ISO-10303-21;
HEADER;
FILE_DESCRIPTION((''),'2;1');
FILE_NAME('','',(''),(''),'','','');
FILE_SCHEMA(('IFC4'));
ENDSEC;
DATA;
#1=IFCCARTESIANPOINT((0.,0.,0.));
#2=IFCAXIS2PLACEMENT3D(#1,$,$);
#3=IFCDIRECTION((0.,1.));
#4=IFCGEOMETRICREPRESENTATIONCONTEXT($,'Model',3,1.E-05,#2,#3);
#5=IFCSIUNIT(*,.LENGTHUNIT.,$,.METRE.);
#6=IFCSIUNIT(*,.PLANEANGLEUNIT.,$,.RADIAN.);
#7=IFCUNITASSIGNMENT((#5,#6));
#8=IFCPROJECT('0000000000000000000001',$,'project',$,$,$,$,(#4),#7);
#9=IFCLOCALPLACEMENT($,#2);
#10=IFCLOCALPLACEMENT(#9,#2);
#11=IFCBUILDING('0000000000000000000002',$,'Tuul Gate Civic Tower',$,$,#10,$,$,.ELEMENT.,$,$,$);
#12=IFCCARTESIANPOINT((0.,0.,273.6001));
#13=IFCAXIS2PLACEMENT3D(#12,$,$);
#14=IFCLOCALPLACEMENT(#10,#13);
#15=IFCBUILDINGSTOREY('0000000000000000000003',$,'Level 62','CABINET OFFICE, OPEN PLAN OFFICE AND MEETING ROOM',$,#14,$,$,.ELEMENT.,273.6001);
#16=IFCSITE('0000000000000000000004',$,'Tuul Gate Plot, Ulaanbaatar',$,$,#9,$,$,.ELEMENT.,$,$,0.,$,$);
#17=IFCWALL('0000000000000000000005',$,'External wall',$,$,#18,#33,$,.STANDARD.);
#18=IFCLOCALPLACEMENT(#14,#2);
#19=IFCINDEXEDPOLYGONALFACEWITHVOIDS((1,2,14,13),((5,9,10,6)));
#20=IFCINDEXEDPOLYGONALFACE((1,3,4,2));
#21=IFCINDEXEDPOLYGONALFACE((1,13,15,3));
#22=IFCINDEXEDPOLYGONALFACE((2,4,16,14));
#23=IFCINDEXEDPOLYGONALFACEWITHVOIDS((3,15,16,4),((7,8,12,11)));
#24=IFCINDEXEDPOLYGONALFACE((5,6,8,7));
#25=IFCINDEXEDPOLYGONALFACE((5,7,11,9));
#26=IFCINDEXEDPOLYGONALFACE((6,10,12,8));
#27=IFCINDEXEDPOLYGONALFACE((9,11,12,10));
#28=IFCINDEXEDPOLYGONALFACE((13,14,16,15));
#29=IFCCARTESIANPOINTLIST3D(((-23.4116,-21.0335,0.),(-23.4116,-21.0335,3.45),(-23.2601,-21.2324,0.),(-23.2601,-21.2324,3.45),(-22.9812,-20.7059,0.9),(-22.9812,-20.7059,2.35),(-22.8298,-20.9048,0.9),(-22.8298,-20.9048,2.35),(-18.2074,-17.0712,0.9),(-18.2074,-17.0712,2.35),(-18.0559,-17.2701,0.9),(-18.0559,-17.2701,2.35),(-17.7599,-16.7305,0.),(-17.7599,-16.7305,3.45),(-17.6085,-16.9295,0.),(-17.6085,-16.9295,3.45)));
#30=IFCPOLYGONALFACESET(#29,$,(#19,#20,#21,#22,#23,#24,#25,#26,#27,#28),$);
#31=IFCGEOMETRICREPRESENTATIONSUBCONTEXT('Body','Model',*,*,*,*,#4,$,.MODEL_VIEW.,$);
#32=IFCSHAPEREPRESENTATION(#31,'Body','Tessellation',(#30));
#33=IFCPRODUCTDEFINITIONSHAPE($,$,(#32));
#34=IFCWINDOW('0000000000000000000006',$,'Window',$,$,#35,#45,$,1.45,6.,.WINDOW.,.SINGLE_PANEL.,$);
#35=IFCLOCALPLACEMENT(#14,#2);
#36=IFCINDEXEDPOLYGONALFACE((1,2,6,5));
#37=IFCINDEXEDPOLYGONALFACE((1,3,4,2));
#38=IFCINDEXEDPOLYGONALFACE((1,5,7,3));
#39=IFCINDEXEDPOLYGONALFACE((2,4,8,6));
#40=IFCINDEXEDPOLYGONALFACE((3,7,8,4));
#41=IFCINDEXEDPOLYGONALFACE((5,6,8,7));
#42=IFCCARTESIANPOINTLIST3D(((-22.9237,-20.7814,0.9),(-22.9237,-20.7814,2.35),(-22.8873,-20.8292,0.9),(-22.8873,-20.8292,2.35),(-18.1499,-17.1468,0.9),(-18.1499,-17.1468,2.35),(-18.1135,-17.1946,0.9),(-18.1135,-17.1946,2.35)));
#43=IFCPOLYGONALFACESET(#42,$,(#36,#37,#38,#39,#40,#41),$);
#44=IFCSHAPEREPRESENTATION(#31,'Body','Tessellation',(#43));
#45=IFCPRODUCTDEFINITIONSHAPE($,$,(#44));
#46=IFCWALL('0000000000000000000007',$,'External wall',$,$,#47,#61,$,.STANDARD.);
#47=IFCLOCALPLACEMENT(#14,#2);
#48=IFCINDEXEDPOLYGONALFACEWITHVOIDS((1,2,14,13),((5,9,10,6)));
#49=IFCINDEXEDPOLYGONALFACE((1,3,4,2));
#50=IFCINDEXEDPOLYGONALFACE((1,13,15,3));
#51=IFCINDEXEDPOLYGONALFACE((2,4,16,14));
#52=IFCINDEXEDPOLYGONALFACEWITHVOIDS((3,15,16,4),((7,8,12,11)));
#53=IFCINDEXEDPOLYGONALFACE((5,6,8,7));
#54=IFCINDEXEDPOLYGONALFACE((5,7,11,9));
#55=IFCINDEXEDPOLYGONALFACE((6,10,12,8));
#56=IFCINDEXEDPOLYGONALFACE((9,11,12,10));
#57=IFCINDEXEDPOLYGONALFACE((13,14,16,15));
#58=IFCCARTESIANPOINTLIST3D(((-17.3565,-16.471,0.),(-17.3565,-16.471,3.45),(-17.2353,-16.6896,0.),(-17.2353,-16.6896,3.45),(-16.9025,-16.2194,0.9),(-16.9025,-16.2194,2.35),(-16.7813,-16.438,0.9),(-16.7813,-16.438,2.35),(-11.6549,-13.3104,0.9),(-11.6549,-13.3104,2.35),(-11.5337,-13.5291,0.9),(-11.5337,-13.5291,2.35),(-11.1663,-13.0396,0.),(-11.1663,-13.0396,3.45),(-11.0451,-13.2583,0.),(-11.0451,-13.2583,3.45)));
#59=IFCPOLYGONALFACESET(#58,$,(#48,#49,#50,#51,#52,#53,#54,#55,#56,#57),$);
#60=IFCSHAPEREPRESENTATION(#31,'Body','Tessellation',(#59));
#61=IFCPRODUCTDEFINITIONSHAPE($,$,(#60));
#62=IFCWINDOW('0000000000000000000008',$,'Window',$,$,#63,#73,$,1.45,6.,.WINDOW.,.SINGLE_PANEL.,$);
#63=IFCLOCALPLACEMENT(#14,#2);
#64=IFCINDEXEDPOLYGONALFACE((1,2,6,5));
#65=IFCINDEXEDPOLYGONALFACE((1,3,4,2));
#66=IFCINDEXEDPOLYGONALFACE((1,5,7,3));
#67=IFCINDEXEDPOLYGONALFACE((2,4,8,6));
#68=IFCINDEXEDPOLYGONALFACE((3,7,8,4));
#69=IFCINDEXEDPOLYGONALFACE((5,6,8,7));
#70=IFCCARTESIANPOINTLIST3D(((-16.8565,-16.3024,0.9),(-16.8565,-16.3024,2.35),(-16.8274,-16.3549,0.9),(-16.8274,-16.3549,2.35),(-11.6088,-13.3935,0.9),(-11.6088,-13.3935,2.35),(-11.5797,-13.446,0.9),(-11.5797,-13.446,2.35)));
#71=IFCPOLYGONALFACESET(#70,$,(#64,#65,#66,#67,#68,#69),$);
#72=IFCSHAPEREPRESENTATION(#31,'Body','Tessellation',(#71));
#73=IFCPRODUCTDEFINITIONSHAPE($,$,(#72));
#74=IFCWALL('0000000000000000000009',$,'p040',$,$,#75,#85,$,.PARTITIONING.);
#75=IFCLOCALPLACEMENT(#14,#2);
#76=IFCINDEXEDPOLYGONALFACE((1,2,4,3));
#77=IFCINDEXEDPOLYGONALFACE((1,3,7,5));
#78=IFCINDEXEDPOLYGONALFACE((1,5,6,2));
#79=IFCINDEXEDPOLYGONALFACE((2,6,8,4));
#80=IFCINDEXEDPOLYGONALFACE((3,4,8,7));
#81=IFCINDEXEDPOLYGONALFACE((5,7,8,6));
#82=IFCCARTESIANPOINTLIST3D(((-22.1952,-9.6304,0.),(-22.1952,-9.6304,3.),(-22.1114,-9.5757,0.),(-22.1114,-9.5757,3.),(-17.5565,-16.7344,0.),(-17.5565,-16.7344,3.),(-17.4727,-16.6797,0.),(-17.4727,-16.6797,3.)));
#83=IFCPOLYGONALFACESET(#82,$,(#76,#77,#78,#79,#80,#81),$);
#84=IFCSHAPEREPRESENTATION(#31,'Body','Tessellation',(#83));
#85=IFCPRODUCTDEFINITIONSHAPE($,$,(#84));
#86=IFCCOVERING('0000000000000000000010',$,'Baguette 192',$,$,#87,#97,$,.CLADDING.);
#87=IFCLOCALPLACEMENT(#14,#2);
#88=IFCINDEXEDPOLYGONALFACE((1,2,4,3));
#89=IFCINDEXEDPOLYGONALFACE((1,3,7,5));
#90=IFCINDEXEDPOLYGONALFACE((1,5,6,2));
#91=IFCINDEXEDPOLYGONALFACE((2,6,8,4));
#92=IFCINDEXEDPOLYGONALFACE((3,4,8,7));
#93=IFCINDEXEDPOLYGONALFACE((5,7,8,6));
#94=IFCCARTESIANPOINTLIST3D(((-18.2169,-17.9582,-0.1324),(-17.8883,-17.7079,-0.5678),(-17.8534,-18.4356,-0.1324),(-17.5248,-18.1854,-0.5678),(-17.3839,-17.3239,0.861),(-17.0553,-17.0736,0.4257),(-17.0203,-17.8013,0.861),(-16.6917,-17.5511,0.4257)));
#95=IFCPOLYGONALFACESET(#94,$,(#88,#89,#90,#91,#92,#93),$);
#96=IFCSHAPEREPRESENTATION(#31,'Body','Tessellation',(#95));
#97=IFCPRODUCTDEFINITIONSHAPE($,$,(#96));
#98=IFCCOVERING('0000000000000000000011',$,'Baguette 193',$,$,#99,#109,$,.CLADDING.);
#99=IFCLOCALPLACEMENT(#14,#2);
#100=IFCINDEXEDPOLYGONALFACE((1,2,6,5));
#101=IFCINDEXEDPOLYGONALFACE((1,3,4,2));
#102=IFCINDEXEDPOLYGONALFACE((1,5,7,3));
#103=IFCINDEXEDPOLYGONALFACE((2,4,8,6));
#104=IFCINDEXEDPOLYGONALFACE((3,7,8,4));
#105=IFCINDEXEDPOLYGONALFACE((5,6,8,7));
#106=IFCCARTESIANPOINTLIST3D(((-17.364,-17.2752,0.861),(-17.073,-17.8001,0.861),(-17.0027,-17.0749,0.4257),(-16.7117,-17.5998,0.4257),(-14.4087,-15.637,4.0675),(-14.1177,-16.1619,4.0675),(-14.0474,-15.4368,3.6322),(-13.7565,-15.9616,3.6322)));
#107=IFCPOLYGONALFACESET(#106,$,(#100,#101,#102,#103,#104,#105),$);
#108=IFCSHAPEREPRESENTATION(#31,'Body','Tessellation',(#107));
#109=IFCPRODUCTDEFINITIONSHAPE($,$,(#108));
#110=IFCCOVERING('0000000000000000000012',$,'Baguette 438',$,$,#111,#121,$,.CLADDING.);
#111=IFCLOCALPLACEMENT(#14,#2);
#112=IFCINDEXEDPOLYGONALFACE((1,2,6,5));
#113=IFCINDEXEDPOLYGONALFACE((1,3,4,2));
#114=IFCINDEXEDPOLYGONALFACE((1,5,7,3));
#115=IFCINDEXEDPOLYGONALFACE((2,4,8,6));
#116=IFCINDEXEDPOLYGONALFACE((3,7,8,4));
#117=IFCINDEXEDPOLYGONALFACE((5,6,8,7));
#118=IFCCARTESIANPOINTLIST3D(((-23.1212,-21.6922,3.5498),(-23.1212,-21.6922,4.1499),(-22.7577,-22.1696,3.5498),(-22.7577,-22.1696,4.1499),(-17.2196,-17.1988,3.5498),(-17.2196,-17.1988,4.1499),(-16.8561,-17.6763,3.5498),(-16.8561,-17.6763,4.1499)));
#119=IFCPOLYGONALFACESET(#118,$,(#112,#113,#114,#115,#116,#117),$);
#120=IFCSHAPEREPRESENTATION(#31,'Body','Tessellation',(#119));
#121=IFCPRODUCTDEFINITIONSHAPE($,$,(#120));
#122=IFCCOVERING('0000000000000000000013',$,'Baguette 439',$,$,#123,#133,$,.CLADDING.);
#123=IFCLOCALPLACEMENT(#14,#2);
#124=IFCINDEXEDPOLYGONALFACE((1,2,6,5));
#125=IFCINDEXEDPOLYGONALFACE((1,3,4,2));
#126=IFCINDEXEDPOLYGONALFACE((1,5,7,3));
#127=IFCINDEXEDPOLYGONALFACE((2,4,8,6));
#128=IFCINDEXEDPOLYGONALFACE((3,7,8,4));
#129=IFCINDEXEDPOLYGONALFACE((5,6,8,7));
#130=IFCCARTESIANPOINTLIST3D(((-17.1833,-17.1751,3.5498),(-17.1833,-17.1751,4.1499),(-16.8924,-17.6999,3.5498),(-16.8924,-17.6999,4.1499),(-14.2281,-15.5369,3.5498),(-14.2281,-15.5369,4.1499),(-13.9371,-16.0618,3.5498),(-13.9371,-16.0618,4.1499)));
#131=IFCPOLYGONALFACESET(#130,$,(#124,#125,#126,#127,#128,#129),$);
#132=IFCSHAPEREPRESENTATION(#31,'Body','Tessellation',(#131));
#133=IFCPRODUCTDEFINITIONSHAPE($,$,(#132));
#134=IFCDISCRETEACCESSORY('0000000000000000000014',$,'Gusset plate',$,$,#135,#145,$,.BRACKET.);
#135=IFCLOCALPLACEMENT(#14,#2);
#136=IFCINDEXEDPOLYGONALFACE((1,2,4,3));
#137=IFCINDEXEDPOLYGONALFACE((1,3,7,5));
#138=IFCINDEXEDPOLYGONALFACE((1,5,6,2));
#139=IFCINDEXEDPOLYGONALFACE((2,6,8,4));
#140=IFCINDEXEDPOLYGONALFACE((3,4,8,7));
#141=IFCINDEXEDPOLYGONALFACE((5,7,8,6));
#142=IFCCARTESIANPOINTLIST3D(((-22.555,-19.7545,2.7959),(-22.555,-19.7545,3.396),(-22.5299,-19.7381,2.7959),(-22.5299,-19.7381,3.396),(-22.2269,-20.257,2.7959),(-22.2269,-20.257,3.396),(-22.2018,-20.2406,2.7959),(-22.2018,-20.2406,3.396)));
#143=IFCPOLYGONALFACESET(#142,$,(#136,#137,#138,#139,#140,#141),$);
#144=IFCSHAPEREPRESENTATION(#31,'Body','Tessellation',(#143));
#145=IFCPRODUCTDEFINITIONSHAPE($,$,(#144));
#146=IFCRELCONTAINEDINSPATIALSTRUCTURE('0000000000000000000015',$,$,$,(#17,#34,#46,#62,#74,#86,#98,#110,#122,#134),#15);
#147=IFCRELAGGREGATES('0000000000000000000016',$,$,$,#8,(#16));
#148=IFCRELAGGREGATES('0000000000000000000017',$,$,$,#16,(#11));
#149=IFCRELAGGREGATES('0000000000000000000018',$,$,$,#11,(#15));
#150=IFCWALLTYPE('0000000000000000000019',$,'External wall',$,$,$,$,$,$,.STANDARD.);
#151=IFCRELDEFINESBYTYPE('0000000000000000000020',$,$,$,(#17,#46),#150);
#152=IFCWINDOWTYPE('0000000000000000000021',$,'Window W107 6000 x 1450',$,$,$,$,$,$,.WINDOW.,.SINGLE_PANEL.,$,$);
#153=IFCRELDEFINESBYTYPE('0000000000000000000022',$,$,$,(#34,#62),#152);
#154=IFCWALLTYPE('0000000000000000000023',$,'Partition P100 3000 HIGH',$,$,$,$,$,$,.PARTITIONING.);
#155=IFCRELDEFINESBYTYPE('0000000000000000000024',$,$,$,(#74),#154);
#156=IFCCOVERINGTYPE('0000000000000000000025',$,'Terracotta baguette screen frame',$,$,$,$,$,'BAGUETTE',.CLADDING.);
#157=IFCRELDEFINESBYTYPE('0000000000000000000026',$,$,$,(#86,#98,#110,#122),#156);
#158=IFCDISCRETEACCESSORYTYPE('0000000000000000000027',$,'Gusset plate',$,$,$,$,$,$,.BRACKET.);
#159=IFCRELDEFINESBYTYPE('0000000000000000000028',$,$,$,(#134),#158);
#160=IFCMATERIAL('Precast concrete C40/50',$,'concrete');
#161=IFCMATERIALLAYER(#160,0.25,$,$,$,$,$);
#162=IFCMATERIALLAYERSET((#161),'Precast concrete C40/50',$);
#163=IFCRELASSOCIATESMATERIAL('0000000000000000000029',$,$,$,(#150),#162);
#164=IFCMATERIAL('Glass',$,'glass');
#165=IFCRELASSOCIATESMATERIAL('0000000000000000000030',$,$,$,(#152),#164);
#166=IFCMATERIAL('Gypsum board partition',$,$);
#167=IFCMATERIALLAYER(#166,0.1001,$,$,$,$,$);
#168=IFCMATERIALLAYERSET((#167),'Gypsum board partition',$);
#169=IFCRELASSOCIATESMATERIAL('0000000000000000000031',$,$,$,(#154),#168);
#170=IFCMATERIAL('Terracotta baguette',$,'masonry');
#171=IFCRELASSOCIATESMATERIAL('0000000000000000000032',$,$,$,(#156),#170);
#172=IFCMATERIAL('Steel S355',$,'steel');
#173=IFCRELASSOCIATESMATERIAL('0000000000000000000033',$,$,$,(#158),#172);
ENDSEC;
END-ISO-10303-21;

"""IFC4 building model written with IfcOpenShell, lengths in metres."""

from ifc_helpers import new_model, si_unit, direction, frame, frame_2d, origin, origin_2d, place, context, subcontext, project, spatial, rectangle, extrude, material, layer, layer_set, material_profile, profile_set, type_object, element, fill, save


model = new_model("IFC4")

# Units and contexts
model_context = context("Model", 3, precision=1e-05, world=origin(), true_north=direction((0.0, 1.0)))
body_context = subcontext(model_context, "Body", "Model", "MODEL_VIEW")
ifc_project = project(units=[si_unit("LENGTHUNIT", "METRE"), si_unit("PLANEANGLEUNIT", "RADIAN")], contexts=[model_context])

# Site, building, storey
site_placement = place(None, origin())
site = spatial("IfcSite", under=ifc_project, at=site_placement, Name="Tuul Gate Plot, Ulaanbaatar", CompositionType="ELEMENT", RefElevation=0.0)
building_placement = place(site_placement, origin())
building = spatial("IfcBuilding", under=site, at=building_placement, Name="Tuul Gate Civic Tower", CompositionType="ELEMENT")
storey_placement = place(building_placement, frame((0.0, 0.0, 273.6001)))
storey = spatial("IfcBuildingStorey", under=building, at=storey_placement, Name="Level 62", Description="CABINET OFFICE, OPEN PLAN OFFICE AND MEETING ROOM", CompositionType="ELEMENT", Elevation=273.6001)

# Walls, openings, windows
ifc_material_1 = material(Name="Precast concrete C40/50", Category="concrete")
ifc_layer_1 = layer(ifc_material_1, 0.25)
ifc_layer_set_1 = layer_set([ifc_layer_1], Name="Precast concrete C40/50")
wall_type_1 = type_object("IfcWallType", Name="External wall", PredefinedType="STANDARD", material=ifc_layer_set_1)
wall_1_placement = place(storey_placement, frame((-23.3359, -21.1331, 0.0), z_axis=(0.0, 0.0, 1.0), x_axis=(0.795636, 0.605775, 0.0)))
wall_1 = element("IfcWall", 1, at=wall_1_placement, inside=storey, type_object=wall_type_1, Name="External wall", PredefinedType="STANDARD", context=body_context, shape_type="SweptSolid", body=[
    extrude(rectangle(XDim=7.1033, YDim=0.25, at=frame_2d((3.5518, 0.0))), origin(), (0.0, 0.0, 1.0), 3.45),
])
opening_1_placement = place(wall_1_placement, frame((0.541, 0.0, 0.8999)))
opening_1 = element("IfcOpeningElement", 2, at=opening_1_placement, cuts=wall_1, PredefinedType="OPENING", context=body_context, shape_type="SweptSolid", body=[
    extrude(rectangle(XDim=6.0, YDim=1.45, at=frame_2d((3.0, 0.7251))), frame((0.0, 0.135, 0.0), z_axis=(0.0, -1.0, 0.0), x_axis=(1.0, 0.0, 0.0)), (0.0, 0.0, 1.0), 0.27),
])
ifc_material_2 = material(Name="Glass", Category="glass")
window_type = type_object("IfcWindowType", Name="Window W107 6000 x 1450", PartitioningType="SINGLE_PANEL", PredefinedType="WINDOW", material=ifc_material_2)
window_1_placement = place(opening_1_placement, origin())
window_1 = element("IfcWindow", 3, at=window_1_placement, inside=storey, type_object=window_type, Name="Window", OverallHeight=1.45, OverallWidth=6.0, PartitioningType="SINGLE_PANEL", PredefinedType="WINDOW", context=body_context, shape_type="SweptSolid", body=[
    extrude(rectangle(XDim=6.0, YDim=1.45, at=frame_2d((3.0, 0.7251))), frame((0.0, 0.03, 0.0), z_axis=(0.0, -1.0, 0.0), x_axis=(1.0, 0.0, 0.0)), (0.0, 0.0, 1.0), 0.0601),
])
fill(opening_1, window_1)
wall_2_placement = place(storey_placement, frame((-17.2959, -16.5803, 0.0), z_axis=(0.0, 0.0, 1.0), x_axis=(0.874612, 0.484823, 0.0)))
wall_2 = element("IfcWall", 4, at=wall_2_placement, inside=storey, type_object=wall_type_1, Name="External wall", PredefinedType="STANDARD", context=body_context, shape_type="SweptSolid", body=[
    extrude(rectangle(XDim=7.0776, YDim=0.25, at=frame_2d((3.5388, 0.0))), origin(), (0.0, 0.0, 1.0), 3.45),
])
opening_2_placement = place(wall_2_placement, frame((0.519, 0.0, 0.8999)))
opening_2 = element("IfcOpeningElement", 5, at=opening_2_placement, cuts=wall_2, PredefinedType="OPENING", context=body_context, shape_type="SweptSolid", body=[
    extrude(rectangle(XDim=6.0, YDim=1.45, at=frame_2d((3.0, 0.7251))), frame((0.0, 0.135, 0.0), z_axis=(0.0, -1.0, 0.0), x_axis=(1.0, 0.0, 0.0)), (0.0, 0.0, 1.0), 0.27),
])
window_2_placement = place(opening_2_placement, origin())
window_2 = element("IfcWindow", 6, at=window_2_placement, inside=storey, type_object=window_type, Name="Window", OverallHeight=1.45, OverallWidth=6.0, PartitioningType="SINGLE_PANEL", PredefinedType="WINDOW", context=body_context, shape_type="SweptSolid", body=[
    extrude(rectangle(XDim=6.0, YDim=1.45, at=frame_2d((3.0, 0.7251))), frame((0.0, 0.03, 0.0), z_axis=(0.0, -1.0, 0.0), x_axis=(1.0, 0.0, 0.0)), (0.0, 0.0, 1.0), 0.0601),
])
fill(opening_2, window_2)

# Wall
ifc_material_3 = material(Name="Gypsum board partition")
ifc_layer_2 = layer(ifc_material_3, 0.1001)
ifc_layer_set_2 = layer_set([ifc_layer_2], Name="Gypsum board partition")
wall_type_2 = type_object("IfcWallType", Name="Partition P100 3000 HIGH", PredefinedType="PARTITIONING", material=ifc_layer_set_2)
wall_3_placement = place(storey_placement, frame((-22.1533, -9.603, 0.0), z_axis=(0.0, 0.0, 1.0), x_axis=(0.546733, -0.837307, 0.0)))
element("IfcWall", 7, at=wall_3_placement, inside=storey, type_object=wall_type_2, Name="p040", PredefinedType="PARTITIONING", context=body_context, shape_type="SweptSolid", body=[
    extrude(rectangle(XDim=8.4844, YDim=0.1001, at=frame_2d((4.2422, 0.0))), origin(), (0.0, 0.0, 1.0), 3.0),
])

# Coverings
ifc_material_4 = material(Name="Terracotta baguette", Category="masonry")
ifc_material_profile_1 = material_profile(ifc_material_4, rectangle(XDim=0.6001, YDim=0.6001, at=origin_2d()), Name="Terracotta baguette screen frame")
ifc_profile_set_1 = profile_set([ifc_material_profile_1], Name="Terracotta baguette")
covering_type = type_object("IfcCoveringType", Name="Terracotta baguette screen frame", ElementType="BAGUETTE", PredefinedType="CLADDING", material=ifc_profile_set_1)
covering_1_placement = place(storey_placement, frame((-17.8708, -18.0718, -0.3501), z_axis=(0.577161, 0.439468, 0.688297), x_axis=(-0.605804, 0.795614, 0.0)))
element("IfcCovering", 8, at=covering_1_placement, inside=storey, type_object=covering_type, Name="Baguette 192", PredefinedType="CLADDING", context=body_context, shape_type="SweptSolid", body=[
    extrude(rectangle(XDim=0.6001, YDim=0.6001, at=origin_2d()), origin(), (0.0, 0.0, 1.0), 1.4434),
])
covering_2_placement = place(storey_placement, frame((-17.0378, -17.4375, 0.6433), z_axis=(0.634425, 0.351672, 0.688355), x_axis=(-0.484815, 0.874617, 0.0)))
element("IfcCovering", 9, at=covering_2_placement, inside=storey, type_object=covering_type, Name="Baguette 193", PredefinedType="CLADDING", context=body_context, shape_type="SweptSolid", body=[
    extrude(rectangle(XDim=0.6001, YDim=0.6001, at=origin_2d()), origin(), (0.0, 0.0, 1.0), 4.6582),
])
covering_3_placement = place(storey_placement, frame((-22.9395, -21.9309, 3.8499), z_axis=(0.79563, 0.605782, 0.0), x_axis=(-0.605782, 0.79563, 0.0)))
element("IfcCovering", 10, at=covering_3_placement, inside=storey, type_object=covering_type, Name="Baguette 438", PredefinedType="CLADDING", context=body_context, shape_type="SweptSolid", body=[
    extrude(rectangle(XDim=0.6001, YDim=0.6001, at=origin_2d()), origin(), (0.0, 0.0, 1.0), 7.4175),
])
covering_4_placement = place(storey_placement, frame((-17.0378, -17.4375, 3.8499), z_axis=(0.874617, 0.484815, 0.0), x_axis=(-0.484815, 0.874617, 0.0)))
element("IfcCovering", 11, at=covering_4_placement, inside=storey, type_object=covering_type, Name="Baguette 439", PredefinedType="CLADDING", context=body_context, shape_type="SweptSolid", body=[
    extrude(rectangle(XDim=0.6001, YDim=0.6001, at=origin_2d()), origin(), (0.0, 0.0, 1.0), 3.3789),
])

# Discrete accessory
ifc_material_5 = material(Name="Steel S355", Category="steel")
discrete_accessory_type = type_object("IfcDiscreteAccessoryType", Name="Gusset plate", PredefinedType="BRACKET", material=ifc_material_5)
discrete_accessory_placement = place(storey_placement, frame((-22.3784, -19.9976, 2.7959), z_axis=(0.0, 0.0, 1.0), x_axis=(-0.546743, 0.8373, 0.0)))
element("IfcDiscreteAccessory", 12, at=discrete_accessory_placement, inside=storey, type_object=discrete_accessory_type, Name="Gusset plate", PredefinedType="BRACKET", context=body_context, shape_type="SweptSolid", body=[
    extrude(rectangle(XDim=0.6001, YDim=0.03, at=origin_2d()), origin(), (0.0, 0.0, 1.0), 0.6001),
])

save(model, "model.ifc")
